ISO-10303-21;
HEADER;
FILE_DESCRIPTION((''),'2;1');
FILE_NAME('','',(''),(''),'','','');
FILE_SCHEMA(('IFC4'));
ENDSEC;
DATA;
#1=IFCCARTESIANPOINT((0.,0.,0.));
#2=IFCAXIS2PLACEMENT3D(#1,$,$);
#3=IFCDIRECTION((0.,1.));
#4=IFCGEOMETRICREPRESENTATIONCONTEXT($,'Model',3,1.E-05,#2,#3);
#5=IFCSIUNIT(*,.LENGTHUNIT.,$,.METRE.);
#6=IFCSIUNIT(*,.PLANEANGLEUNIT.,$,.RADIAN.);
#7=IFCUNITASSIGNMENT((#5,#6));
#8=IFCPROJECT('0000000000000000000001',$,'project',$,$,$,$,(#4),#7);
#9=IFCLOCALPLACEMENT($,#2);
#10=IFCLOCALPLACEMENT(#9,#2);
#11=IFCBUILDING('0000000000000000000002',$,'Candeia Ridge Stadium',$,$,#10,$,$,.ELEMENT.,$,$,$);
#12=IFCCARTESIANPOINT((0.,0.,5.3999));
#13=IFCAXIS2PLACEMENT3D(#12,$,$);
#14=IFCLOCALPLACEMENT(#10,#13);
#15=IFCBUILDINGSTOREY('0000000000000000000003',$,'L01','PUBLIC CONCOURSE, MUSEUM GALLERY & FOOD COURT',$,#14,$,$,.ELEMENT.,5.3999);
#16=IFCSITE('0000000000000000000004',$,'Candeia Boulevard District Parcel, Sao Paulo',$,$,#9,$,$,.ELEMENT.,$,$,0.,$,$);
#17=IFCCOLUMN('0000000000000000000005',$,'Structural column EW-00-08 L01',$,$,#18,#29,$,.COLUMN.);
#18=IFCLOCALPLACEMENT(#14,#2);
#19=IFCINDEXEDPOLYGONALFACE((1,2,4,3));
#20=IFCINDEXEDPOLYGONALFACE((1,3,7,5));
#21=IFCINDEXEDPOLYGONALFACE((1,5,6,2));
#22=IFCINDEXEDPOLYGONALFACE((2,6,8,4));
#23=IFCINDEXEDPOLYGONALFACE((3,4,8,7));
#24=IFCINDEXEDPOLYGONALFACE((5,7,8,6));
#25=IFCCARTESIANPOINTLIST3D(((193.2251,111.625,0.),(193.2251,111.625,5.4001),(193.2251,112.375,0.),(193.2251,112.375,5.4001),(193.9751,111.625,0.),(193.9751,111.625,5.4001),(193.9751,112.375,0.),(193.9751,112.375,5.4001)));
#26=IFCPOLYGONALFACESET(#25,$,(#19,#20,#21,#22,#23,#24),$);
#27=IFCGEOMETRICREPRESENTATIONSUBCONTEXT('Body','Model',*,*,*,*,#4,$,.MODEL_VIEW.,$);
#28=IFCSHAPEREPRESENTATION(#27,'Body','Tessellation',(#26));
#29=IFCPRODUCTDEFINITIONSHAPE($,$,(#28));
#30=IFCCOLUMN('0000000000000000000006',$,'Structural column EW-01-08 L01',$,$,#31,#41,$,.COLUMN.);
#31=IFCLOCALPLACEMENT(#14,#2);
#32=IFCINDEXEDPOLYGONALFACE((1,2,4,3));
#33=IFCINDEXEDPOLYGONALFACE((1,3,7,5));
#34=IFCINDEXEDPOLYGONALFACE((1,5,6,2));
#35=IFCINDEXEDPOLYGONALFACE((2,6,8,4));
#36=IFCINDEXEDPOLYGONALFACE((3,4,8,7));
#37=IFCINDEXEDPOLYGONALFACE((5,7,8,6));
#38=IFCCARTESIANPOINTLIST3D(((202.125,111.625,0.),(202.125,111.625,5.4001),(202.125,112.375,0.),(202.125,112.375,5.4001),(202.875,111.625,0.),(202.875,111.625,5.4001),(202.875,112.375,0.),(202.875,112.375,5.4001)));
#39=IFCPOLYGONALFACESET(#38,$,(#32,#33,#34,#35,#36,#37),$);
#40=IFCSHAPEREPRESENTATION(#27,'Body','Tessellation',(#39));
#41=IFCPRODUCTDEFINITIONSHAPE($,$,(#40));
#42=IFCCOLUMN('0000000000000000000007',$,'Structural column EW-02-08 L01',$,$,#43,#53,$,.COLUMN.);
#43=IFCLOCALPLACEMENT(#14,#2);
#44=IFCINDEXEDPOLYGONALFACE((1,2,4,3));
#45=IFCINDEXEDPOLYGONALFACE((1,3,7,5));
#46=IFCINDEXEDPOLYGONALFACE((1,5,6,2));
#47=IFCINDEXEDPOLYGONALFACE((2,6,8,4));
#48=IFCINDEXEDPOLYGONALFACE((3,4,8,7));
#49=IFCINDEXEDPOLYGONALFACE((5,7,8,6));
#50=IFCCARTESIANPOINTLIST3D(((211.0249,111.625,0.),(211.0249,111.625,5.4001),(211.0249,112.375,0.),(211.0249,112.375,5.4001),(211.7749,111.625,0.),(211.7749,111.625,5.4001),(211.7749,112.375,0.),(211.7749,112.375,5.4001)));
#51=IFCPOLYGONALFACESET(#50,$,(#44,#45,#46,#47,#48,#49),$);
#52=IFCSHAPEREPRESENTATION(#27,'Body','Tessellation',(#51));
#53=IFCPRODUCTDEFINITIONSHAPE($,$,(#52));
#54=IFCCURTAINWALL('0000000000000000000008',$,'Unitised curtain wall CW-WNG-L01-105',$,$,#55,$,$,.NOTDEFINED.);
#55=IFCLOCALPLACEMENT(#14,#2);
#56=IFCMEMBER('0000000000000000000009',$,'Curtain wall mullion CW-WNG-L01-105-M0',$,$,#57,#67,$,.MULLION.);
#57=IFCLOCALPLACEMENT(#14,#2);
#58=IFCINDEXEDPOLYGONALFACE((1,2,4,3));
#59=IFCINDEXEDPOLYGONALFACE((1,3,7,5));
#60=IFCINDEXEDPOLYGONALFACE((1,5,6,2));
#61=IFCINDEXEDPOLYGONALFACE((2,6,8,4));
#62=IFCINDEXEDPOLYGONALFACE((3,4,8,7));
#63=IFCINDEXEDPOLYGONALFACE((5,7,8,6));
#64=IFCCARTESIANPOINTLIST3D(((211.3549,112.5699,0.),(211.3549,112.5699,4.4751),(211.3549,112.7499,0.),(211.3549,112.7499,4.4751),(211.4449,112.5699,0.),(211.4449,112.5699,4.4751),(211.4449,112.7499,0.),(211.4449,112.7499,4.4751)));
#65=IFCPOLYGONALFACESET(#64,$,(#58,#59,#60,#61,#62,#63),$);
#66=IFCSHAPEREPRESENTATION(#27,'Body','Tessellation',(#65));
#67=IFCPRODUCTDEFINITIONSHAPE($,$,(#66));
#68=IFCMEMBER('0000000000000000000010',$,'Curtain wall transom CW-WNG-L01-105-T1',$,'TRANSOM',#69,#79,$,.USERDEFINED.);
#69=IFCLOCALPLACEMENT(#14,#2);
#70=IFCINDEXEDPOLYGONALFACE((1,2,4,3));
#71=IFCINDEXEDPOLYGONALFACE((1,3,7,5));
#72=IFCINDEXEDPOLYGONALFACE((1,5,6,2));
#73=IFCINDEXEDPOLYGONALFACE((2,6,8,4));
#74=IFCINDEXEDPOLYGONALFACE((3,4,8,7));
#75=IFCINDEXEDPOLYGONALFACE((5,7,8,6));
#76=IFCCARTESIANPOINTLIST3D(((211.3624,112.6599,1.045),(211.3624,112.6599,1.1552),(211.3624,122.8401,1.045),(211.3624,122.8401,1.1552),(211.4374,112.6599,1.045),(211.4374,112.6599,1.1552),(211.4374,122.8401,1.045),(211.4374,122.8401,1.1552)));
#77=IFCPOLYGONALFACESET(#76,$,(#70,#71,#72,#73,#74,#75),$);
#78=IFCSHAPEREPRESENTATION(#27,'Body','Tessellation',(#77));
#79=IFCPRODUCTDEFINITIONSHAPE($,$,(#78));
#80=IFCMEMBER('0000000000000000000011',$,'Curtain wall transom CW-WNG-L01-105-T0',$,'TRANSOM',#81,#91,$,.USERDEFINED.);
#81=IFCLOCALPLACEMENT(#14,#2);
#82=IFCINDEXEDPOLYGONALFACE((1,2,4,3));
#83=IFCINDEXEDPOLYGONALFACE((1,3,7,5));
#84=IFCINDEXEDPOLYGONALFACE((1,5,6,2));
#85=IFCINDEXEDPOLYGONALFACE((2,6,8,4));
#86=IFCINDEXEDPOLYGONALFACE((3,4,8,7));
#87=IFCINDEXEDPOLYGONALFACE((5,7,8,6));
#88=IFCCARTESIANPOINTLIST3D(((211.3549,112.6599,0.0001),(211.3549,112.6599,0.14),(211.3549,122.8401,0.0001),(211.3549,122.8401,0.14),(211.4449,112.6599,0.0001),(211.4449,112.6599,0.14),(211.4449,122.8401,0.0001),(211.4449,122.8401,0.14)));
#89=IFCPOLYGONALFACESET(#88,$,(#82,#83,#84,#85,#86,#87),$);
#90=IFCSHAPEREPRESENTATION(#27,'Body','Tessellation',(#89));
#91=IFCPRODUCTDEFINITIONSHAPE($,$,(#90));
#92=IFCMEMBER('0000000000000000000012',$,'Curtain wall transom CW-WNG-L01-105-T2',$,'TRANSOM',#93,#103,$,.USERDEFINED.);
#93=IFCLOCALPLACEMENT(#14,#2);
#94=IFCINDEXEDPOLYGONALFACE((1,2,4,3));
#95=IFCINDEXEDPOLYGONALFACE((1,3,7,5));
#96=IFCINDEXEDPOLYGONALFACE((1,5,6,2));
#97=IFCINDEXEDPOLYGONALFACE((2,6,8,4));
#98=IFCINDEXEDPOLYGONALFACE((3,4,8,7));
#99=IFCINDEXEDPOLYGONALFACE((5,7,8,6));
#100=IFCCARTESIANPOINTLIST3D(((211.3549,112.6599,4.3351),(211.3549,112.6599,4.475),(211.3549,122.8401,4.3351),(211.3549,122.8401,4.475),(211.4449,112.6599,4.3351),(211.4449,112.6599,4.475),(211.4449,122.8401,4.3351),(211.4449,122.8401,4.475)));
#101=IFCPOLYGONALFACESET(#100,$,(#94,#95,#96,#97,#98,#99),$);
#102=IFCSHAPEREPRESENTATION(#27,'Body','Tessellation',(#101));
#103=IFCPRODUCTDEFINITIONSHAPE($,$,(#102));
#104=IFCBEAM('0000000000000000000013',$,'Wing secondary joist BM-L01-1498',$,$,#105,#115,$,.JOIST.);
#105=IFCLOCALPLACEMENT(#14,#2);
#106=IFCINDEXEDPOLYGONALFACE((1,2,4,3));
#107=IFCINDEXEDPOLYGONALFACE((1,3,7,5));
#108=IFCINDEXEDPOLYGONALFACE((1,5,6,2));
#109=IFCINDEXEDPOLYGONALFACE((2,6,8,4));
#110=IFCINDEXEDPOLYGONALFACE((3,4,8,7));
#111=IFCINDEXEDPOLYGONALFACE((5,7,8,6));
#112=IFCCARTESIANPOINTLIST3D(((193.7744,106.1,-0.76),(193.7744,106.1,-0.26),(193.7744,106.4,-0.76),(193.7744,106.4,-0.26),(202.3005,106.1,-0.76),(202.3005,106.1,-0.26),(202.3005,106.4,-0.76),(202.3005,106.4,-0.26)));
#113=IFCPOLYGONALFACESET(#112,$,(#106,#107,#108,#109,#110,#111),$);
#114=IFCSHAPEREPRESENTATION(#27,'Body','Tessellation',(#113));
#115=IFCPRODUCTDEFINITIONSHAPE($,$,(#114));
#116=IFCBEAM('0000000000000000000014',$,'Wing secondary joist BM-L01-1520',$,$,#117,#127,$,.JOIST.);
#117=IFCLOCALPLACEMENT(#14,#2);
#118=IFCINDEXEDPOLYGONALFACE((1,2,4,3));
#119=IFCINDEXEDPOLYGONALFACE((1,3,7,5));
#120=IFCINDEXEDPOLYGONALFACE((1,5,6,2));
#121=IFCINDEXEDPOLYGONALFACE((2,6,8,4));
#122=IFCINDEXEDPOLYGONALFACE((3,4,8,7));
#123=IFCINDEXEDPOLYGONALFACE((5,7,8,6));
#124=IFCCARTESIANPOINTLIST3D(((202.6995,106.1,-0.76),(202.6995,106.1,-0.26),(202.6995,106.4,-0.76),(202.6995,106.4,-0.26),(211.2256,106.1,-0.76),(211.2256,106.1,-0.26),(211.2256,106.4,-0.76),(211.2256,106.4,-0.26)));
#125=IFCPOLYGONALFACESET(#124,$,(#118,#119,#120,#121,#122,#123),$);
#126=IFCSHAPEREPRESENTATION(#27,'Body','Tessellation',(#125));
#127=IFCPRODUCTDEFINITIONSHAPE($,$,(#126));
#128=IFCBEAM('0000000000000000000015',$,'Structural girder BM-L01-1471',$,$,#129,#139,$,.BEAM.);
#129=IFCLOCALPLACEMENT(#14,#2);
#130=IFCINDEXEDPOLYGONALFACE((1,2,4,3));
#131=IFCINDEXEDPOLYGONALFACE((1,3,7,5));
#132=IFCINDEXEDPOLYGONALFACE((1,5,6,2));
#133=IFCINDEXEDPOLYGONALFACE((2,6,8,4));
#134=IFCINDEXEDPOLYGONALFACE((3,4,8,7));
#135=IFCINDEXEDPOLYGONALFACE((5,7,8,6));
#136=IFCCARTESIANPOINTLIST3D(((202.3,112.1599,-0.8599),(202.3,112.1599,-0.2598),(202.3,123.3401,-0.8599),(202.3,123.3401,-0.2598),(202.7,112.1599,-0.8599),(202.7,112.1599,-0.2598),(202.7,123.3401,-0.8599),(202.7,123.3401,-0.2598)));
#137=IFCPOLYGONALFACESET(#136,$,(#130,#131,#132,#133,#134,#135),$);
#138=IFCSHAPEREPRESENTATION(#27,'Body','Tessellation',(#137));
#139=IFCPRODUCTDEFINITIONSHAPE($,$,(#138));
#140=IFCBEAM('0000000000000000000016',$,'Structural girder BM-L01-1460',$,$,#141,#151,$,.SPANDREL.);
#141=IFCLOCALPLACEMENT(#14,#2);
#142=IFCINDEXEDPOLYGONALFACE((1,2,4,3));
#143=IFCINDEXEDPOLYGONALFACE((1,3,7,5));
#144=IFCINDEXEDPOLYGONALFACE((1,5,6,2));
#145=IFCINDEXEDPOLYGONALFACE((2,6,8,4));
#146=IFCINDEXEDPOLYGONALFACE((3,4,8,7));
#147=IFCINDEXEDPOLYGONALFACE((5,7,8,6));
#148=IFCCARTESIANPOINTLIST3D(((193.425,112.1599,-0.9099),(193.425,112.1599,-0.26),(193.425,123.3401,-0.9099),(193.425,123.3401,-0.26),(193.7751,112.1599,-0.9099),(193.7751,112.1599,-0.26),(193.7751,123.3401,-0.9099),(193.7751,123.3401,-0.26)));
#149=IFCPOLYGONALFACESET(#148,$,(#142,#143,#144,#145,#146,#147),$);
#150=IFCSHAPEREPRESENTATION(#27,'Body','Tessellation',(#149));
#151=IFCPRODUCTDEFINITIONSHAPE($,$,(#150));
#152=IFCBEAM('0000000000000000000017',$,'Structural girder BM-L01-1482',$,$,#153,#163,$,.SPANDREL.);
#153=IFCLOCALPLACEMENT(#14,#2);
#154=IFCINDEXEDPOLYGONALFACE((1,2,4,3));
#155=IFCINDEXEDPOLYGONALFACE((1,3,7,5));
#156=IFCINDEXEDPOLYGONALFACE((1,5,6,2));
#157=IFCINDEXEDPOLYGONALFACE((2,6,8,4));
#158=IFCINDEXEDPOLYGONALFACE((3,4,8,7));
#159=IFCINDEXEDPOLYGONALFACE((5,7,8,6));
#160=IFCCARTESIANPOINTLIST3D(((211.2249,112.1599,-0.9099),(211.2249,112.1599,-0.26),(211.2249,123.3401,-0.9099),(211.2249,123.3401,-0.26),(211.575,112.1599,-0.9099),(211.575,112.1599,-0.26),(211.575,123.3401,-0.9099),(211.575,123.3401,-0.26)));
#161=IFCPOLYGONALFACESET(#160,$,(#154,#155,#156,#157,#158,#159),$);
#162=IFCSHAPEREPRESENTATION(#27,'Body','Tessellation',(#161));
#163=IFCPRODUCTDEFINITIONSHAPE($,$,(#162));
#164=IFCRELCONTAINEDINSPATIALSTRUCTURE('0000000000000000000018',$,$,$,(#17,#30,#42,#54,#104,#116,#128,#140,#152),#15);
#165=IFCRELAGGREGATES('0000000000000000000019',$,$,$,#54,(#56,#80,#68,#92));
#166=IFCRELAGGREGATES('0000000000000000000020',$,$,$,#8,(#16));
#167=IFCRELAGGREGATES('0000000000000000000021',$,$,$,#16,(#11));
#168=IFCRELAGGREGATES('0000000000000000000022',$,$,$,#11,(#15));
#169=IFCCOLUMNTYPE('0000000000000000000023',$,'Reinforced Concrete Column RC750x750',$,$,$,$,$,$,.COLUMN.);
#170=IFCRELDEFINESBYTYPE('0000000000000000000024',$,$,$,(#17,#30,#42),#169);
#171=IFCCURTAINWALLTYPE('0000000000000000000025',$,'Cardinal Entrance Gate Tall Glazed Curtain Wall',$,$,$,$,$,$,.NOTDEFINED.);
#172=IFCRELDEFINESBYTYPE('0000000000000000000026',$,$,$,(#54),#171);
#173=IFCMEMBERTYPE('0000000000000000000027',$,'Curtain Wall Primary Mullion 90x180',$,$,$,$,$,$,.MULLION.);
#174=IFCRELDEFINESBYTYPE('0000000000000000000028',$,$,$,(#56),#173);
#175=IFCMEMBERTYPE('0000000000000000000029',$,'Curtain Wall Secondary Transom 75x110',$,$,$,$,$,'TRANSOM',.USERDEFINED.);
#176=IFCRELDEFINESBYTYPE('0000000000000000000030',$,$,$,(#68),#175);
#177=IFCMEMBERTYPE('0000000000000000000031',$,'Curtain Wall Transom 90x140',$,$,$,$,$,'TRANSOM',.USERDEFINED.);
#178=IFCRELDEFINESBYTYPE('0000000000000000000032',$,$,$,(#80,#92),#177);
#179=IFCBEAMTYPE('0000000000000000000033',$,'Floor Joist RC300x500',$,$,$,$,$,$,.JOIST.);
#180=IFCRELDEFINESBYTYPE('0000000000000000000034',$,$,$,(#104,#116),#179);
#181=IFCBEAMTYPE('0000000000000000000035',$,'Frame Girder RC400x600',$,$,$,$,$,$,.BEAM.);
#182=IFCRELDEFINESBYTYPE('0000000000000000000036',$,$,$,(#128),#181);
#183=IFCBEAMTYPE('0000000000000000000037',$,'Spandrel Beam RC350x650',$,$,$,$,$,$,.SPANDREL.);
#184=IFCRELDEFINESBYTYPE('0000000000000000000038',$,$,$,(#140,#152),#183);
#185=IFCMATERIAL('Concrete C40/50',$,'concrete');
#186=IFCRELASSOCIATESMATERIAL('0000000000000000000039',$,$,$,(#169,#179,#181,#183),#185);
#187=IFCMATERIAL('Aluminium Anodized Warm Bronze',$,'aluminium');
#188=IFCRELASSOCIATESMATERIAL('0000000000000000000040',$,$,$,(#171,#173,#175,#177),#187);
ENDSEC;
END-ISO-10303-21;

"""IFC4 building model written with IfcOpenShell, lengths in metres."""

from ifc_helpers import new_model, si_unit, direction, frame, origin, origin_2d, place, context, subcontext, project, spatial, rectangle, extrude, material, material_profile, profile_set, type_object, element, aggregate, save


model = new_model("IFC4")

# Units and contexts
model_context = context("Model", 3, precision=1e-05, world=origin(), true_north=direction((0.0, 1.0)))
body_context = subcontext(model_context, "Body", "Model", "MODEL_VIEW")
ifc_project = project(units=[si_unit("LENGTHUNIT", "METRE"), si_unit("PLANEANGLEUNIT", "RADIAN")], contexts=[model_context])

# Site, building, storey
site_placement = place(None, origin())
site = spatial("IfcSite", under=ifc_project, at=site_placement, Name="Candeia Boulevard District Parcel, Sao Paulo", CompositionType="ELEMENT", RefElevation=0.0)
building_placement = place(site_placement, origin())
building = spatial("IfcBuilding", under=site, at=building_placement, Name="Candeia Ridge Stadium", CompositionType="ELEMENT")
storey_placement = place(building_placement, frame((0.0, 0.0, 5.3999)))
storey = spatial("IfcBuildingStorey", under=building, at=storey_placement, Name="L01", Description="PUBLIC CONCOURSE, MUSEUM GALLERY & FOOD COURT", CompositionType="ELEMENT", Elevation=5.3999)

# Columns
ifc_material_1 = material(Name="Concrete C40/50", Category="concrete")
ifc_material_profile_1 = material_profile(ifc_material_1, rectangle(XDim=0.75, YDim=0.75, at=origin_2d()), Name="RC750x750", Category="concrete")
ifc_profile_set_1 = profile_set([ifc_material_profile_1], Name="Concrete C40/50")
column_type = type_object("IfcColumnType", Name="Reinforced Concrete Column RC750x750", PredefinedType="COLUMN", material=ifc_profile_set_1)
for number, where, z_axis, x_axis, name in (
    (1, (193.6001, 112.0, 0.0), (0.0, 0.0, 1.0), (1.0, 0.0, 0.0), "Structural column EW-00-08 L01"),
    (2, (202.5, 112.0, 0.0), (0.0, 0.0, 1.0), (1.0, 0.0, 0.0), "Structural column EW-01-08 L01"),
    (3, (211.3999, 112.0, 0.0), (0.0, 0.0, 1.0), (1.0, 0.0, 0.0), "Structural column EW-02-08 L01"),
):
    element("IfcColumn", number, at=place(storey_placement, frame(where, z_axis=z_axis, x_axis=x_axis)), inside=storey, type_object=column_type, Name=name, PredefinedType="COLUMN", context=body_context, shape_type="SweptSolid", body=[
        extrude(rectangle(XDim=0.75, YDim=0.75, at=origin_2d()), origin(), (0.0, 0.0, 1.0), 5.4001),
    ])

# Curtain wall, members
ifc_material_2 = material(Name="Aluminium Anodized Warm Bronze", Category="aluminium")
curtain_wall_type = type_object("IfcCurtainWallType", Name="Cardinal Entrance Gate Tall Glazed Curtain Wall", PredefinedType="NOTDEFINED", material=ifc_material_2)
curtain_wall_placement = place(storey_placement, origin())
curtain_wall = element("IfcCurtainWall", 4, at=curtain_wall_placement, inside=storey, type_object=curtain_wall_type, Name="Unitised curtain wall CW-WNG-L01-105", PredefinedType="NOTDEFINED")
ifc_material_profile_2 = material_profile(ifc_material_2, rectangle(XDim=0.0901, YDim=0.1799, at=origin_2d()), Name="CWM-90x180", Category="aluminium")
ifc_profile_set_2 = profile_set([ifc_material_profile_2], Name="Aluminium Anodized Warm Bronze")
member_type_1 = type_object("IfcMemberType", Name="Curtain Wall Primary Mullion 90x180", PredefinedType="MULLION", material=ifc_profile_set_2)
member_1_placement = place(storey_placement, frame((211.3999, 112.6599, 0.0), z_axis=(0.0, 0.0, 1.0), x_axis=(1.0, 0.0, 0.0)))
member_1 = element("IfcMember", 5, at=member_1_placement, type_object=member_type_1, Name="Curtain wall mullion CW-WNG-L01-105-M0", PredefinedType="MULLION", context=body_context, shape_type="SweptSolid", body=[
    extrude(rectangle(XDim=0.0901, YDim=0.1799, at=origin_2d()), origin(), (0.0, 0.0, 1.0), 4.4751),
])
ifc_material_profile_3 = material_profile(ifc_material_2, rectangle(XDim=0.075, YDim=0.1101, at=origin_2d()), Name="CWT-75x110", Category="aluminium")
ifc_profile_set_3 = profile_set([ifc_material_profile_3], Name="Aluminium Anodized Warm Bronze")
member_type_2 = type_object("IfcMemberType", Name="Curtain Wall Secondary Transom 75x110", ElementType="TRANSOM", PredefinedType="USERDEFINED", material=ifc_profile_set_3)
member_2_placement = place(storey_placement, frame((211.3999, 112.6599, 1.1001), z_axis=(0.0, 1.0, 0.0), x_axis=(-1.0, 0.0, 0.0)))
member_2 = element("IfcMember", 6, at=member_2_placement, type_object=member_type_2, Name="Curtain wall transom CW-WNG-L01-105-T1", ObjectType="TRANSOM", PredefinedType="USERDEFINED", context=body_context, shape_type="SweptSolid", body=[
    extrude(rectangle(XDim=0.075, YDim=0.1101, at=origin_2d()), origin(), (0.0, 0.0, 1.0), 10.1802),
])
ifc_material_profile_4 = material_profile(ifc_material_2, rectangle(XDim=0.0901, YDim=0.1399, at=origin_2d()), Name="CWT-90x140", Category="aluminium")
ifc_profile_set_4 = profile_set([ifc_material_profile_4], Name="Aluminium Anodized Warm Bronze")
member_type_3 = type_object("IfcMemberType", Name="Curtain Wall Transom 90x140", ElementType="TRANSOM", PredefinedType="USERDEFINED", material=ifc_profile_set_4)
member_3_placement = place(storey_placement, frame((211.3999, 112.6599, 0.0701), z_axis=(0.0, 1.0, 0.0), x_axis=(-1.0, 0.0, 0.0)))
member_3 = element("IfcMember", 7, at=member_3_placement, type_object=member_type_3, Name="Curtain wall transom CW-WNG-L01-105-T0", ObjectType="TRANSOM", PredefinedType="USERDEFINED", context=body_context, shape_type="SweptSolid", body=[
    extrude(rectangle(XDim=0.0901, YDim=0.1399, at=origin_2d()), origin(), (0.0, 0.0, 1.0), 10.1802),
])
member_4_placement = place(storey_placement, frame((211.3999, 112.6599, 4.405), z_axis=(0.0, 1.0, 0.0), x_axis=(-1.0, 0.0, 0.0)))
member_4 = element("IfcMember", 8, at=member_4_placement, type_object=member_type_3, Name="Curtain wall transom CW-WNG-L01-105-T2", ObjectType="TRANSOM", PredefinedType="USERDEFINED", context=body_context, shape_type="SweptSolid", body=[
    extrude(rectangle(XDim=0.0901, YDim=0.1399, at=origin_2d()), origin(), (0.0, 0.0, 1.0), 10.1802),
])

# Beams
ifc_material_profile_5 = material_profile(ifc_material_1, rectangle(XDim=0.3, YDim=0.5, at=origin_2d()), Name="RC300x500", Category="concrete")
ifc_profile_set_5 = profile_set([ifc_material_profile_5], Name="Concrete C40/50")
beam_type_1 = type_object("IfcBeamType", Name="Floor Joist RC300x500", PredefinedType="JOIST", material=ifc_profile_set_5)
for number, where, z_axis, x_axis, name in (
    (9, (193.7744, 106.25, -0.51), (1.0, 0.0, 0.0), (0.0, 1.0, 0.0), "Wing secondary joist BM-L01-1498"),
    (10, (202.6995, 106.25, -0.51), (1.0, 0.0, 0.0), (0.0, 1.0, 0.0), "Wing secondary joist BM-L01-1520"),
):
    element("IfcBeam", number, at=place(storey_placement, frame(where, z_axis=z_axis, x_axis=x_axis)), inside=storey, type_object=beam_type_1, Name=name, PredefinedType="JOIST", context=body_context, shape_type="SweptSolid", body=[
        extrude(rectangle(XDim=0.3, YDim=0.5, at=origin_2d()), origin(), (0.0, 0.0, 1.0), 8.5261),
    ])
ifc_material_profile_6 = material_profile(ifc_material_1, rectangle(XDim=0.3999, YDim=0.6001, at=origin_2d()), Name="RC400x600", Category="concrete")
ifc_profile_set_6 = profile_set([ifc_material_profile_6], Name="Concrete C40/50")
beam_type_2 = type_object("IfcBeamType", Name="Frame Girder RC400x600", PredefinedType="BEAM", material=ifc_profile_set_6)
beam_placement = place(storey_placement, frame((202.5, 112.1599, -0.5598), z_axis=(0.0, 1.0, 0.0), x_axis=(-1.0, 0.0, 0.0)))
element("IfcBeam", 11, at=beam_placement, inside=storey, type_object=beam_type_2, Name="Structural girder BM-L01-1471", PredefinedType="BEAM", context=body_context, shape_type="SweptSolid", body=[
    extrude(rectangle(XDim=0.3999, YDim=0.6001, at=origin_2d()), origin(), (0.0, 0.0, 1.0), 11.1802),
])
ifc_material_profile_7 = material_profile(ifc_material_1, rectangle(XDim=0.3501, YDim=0.6499, at=origin_2d()), Name="RC350x650", Category="concrete")
ifc_profile_set_7 = profile_set([ifc_material_profile_7], Name="Concrete C40/50")
beam_type_3 = type_object("IfcBeamType", Name="Spandrel Beam RC350x650", PredefinedType="SPANDREL", material=ifc_profile_set_7)
for number, where, z_axis, x_axis, name in (
    (12, (193.6001, 112.1599, -0.585), (0.0, 1.0, 0.0), (-1.0, 0.0, 0.0), "Structural girder BM-L01-1460"),
    (13, (211.3999, 112.1599, -0.585), (0.0, 1.0, 0.0), (-1.0, 0.0, 0.0), "Structural girder BM-L01-1482"),
):
    element("IfcBeam", number, at=place(storey_placement, frame(where, z_axis=z_axis, x_axis=x_axis)), inside=storey, type_object=beam_type_3, Name=name, PredefinedType="SPANDREL", context=body_context, shape_type="SweptSolid", body=[
        extrude(rectangle(XDim=0.3501, YDim=0.6499, at=origin_2d()), origin(), (0.0, 0.0, 1.0), 11.1802),
    ])

aggregate(curtain_wall, [member_1, member_3, member_2, member_4])

save(model, "model.ifc")
